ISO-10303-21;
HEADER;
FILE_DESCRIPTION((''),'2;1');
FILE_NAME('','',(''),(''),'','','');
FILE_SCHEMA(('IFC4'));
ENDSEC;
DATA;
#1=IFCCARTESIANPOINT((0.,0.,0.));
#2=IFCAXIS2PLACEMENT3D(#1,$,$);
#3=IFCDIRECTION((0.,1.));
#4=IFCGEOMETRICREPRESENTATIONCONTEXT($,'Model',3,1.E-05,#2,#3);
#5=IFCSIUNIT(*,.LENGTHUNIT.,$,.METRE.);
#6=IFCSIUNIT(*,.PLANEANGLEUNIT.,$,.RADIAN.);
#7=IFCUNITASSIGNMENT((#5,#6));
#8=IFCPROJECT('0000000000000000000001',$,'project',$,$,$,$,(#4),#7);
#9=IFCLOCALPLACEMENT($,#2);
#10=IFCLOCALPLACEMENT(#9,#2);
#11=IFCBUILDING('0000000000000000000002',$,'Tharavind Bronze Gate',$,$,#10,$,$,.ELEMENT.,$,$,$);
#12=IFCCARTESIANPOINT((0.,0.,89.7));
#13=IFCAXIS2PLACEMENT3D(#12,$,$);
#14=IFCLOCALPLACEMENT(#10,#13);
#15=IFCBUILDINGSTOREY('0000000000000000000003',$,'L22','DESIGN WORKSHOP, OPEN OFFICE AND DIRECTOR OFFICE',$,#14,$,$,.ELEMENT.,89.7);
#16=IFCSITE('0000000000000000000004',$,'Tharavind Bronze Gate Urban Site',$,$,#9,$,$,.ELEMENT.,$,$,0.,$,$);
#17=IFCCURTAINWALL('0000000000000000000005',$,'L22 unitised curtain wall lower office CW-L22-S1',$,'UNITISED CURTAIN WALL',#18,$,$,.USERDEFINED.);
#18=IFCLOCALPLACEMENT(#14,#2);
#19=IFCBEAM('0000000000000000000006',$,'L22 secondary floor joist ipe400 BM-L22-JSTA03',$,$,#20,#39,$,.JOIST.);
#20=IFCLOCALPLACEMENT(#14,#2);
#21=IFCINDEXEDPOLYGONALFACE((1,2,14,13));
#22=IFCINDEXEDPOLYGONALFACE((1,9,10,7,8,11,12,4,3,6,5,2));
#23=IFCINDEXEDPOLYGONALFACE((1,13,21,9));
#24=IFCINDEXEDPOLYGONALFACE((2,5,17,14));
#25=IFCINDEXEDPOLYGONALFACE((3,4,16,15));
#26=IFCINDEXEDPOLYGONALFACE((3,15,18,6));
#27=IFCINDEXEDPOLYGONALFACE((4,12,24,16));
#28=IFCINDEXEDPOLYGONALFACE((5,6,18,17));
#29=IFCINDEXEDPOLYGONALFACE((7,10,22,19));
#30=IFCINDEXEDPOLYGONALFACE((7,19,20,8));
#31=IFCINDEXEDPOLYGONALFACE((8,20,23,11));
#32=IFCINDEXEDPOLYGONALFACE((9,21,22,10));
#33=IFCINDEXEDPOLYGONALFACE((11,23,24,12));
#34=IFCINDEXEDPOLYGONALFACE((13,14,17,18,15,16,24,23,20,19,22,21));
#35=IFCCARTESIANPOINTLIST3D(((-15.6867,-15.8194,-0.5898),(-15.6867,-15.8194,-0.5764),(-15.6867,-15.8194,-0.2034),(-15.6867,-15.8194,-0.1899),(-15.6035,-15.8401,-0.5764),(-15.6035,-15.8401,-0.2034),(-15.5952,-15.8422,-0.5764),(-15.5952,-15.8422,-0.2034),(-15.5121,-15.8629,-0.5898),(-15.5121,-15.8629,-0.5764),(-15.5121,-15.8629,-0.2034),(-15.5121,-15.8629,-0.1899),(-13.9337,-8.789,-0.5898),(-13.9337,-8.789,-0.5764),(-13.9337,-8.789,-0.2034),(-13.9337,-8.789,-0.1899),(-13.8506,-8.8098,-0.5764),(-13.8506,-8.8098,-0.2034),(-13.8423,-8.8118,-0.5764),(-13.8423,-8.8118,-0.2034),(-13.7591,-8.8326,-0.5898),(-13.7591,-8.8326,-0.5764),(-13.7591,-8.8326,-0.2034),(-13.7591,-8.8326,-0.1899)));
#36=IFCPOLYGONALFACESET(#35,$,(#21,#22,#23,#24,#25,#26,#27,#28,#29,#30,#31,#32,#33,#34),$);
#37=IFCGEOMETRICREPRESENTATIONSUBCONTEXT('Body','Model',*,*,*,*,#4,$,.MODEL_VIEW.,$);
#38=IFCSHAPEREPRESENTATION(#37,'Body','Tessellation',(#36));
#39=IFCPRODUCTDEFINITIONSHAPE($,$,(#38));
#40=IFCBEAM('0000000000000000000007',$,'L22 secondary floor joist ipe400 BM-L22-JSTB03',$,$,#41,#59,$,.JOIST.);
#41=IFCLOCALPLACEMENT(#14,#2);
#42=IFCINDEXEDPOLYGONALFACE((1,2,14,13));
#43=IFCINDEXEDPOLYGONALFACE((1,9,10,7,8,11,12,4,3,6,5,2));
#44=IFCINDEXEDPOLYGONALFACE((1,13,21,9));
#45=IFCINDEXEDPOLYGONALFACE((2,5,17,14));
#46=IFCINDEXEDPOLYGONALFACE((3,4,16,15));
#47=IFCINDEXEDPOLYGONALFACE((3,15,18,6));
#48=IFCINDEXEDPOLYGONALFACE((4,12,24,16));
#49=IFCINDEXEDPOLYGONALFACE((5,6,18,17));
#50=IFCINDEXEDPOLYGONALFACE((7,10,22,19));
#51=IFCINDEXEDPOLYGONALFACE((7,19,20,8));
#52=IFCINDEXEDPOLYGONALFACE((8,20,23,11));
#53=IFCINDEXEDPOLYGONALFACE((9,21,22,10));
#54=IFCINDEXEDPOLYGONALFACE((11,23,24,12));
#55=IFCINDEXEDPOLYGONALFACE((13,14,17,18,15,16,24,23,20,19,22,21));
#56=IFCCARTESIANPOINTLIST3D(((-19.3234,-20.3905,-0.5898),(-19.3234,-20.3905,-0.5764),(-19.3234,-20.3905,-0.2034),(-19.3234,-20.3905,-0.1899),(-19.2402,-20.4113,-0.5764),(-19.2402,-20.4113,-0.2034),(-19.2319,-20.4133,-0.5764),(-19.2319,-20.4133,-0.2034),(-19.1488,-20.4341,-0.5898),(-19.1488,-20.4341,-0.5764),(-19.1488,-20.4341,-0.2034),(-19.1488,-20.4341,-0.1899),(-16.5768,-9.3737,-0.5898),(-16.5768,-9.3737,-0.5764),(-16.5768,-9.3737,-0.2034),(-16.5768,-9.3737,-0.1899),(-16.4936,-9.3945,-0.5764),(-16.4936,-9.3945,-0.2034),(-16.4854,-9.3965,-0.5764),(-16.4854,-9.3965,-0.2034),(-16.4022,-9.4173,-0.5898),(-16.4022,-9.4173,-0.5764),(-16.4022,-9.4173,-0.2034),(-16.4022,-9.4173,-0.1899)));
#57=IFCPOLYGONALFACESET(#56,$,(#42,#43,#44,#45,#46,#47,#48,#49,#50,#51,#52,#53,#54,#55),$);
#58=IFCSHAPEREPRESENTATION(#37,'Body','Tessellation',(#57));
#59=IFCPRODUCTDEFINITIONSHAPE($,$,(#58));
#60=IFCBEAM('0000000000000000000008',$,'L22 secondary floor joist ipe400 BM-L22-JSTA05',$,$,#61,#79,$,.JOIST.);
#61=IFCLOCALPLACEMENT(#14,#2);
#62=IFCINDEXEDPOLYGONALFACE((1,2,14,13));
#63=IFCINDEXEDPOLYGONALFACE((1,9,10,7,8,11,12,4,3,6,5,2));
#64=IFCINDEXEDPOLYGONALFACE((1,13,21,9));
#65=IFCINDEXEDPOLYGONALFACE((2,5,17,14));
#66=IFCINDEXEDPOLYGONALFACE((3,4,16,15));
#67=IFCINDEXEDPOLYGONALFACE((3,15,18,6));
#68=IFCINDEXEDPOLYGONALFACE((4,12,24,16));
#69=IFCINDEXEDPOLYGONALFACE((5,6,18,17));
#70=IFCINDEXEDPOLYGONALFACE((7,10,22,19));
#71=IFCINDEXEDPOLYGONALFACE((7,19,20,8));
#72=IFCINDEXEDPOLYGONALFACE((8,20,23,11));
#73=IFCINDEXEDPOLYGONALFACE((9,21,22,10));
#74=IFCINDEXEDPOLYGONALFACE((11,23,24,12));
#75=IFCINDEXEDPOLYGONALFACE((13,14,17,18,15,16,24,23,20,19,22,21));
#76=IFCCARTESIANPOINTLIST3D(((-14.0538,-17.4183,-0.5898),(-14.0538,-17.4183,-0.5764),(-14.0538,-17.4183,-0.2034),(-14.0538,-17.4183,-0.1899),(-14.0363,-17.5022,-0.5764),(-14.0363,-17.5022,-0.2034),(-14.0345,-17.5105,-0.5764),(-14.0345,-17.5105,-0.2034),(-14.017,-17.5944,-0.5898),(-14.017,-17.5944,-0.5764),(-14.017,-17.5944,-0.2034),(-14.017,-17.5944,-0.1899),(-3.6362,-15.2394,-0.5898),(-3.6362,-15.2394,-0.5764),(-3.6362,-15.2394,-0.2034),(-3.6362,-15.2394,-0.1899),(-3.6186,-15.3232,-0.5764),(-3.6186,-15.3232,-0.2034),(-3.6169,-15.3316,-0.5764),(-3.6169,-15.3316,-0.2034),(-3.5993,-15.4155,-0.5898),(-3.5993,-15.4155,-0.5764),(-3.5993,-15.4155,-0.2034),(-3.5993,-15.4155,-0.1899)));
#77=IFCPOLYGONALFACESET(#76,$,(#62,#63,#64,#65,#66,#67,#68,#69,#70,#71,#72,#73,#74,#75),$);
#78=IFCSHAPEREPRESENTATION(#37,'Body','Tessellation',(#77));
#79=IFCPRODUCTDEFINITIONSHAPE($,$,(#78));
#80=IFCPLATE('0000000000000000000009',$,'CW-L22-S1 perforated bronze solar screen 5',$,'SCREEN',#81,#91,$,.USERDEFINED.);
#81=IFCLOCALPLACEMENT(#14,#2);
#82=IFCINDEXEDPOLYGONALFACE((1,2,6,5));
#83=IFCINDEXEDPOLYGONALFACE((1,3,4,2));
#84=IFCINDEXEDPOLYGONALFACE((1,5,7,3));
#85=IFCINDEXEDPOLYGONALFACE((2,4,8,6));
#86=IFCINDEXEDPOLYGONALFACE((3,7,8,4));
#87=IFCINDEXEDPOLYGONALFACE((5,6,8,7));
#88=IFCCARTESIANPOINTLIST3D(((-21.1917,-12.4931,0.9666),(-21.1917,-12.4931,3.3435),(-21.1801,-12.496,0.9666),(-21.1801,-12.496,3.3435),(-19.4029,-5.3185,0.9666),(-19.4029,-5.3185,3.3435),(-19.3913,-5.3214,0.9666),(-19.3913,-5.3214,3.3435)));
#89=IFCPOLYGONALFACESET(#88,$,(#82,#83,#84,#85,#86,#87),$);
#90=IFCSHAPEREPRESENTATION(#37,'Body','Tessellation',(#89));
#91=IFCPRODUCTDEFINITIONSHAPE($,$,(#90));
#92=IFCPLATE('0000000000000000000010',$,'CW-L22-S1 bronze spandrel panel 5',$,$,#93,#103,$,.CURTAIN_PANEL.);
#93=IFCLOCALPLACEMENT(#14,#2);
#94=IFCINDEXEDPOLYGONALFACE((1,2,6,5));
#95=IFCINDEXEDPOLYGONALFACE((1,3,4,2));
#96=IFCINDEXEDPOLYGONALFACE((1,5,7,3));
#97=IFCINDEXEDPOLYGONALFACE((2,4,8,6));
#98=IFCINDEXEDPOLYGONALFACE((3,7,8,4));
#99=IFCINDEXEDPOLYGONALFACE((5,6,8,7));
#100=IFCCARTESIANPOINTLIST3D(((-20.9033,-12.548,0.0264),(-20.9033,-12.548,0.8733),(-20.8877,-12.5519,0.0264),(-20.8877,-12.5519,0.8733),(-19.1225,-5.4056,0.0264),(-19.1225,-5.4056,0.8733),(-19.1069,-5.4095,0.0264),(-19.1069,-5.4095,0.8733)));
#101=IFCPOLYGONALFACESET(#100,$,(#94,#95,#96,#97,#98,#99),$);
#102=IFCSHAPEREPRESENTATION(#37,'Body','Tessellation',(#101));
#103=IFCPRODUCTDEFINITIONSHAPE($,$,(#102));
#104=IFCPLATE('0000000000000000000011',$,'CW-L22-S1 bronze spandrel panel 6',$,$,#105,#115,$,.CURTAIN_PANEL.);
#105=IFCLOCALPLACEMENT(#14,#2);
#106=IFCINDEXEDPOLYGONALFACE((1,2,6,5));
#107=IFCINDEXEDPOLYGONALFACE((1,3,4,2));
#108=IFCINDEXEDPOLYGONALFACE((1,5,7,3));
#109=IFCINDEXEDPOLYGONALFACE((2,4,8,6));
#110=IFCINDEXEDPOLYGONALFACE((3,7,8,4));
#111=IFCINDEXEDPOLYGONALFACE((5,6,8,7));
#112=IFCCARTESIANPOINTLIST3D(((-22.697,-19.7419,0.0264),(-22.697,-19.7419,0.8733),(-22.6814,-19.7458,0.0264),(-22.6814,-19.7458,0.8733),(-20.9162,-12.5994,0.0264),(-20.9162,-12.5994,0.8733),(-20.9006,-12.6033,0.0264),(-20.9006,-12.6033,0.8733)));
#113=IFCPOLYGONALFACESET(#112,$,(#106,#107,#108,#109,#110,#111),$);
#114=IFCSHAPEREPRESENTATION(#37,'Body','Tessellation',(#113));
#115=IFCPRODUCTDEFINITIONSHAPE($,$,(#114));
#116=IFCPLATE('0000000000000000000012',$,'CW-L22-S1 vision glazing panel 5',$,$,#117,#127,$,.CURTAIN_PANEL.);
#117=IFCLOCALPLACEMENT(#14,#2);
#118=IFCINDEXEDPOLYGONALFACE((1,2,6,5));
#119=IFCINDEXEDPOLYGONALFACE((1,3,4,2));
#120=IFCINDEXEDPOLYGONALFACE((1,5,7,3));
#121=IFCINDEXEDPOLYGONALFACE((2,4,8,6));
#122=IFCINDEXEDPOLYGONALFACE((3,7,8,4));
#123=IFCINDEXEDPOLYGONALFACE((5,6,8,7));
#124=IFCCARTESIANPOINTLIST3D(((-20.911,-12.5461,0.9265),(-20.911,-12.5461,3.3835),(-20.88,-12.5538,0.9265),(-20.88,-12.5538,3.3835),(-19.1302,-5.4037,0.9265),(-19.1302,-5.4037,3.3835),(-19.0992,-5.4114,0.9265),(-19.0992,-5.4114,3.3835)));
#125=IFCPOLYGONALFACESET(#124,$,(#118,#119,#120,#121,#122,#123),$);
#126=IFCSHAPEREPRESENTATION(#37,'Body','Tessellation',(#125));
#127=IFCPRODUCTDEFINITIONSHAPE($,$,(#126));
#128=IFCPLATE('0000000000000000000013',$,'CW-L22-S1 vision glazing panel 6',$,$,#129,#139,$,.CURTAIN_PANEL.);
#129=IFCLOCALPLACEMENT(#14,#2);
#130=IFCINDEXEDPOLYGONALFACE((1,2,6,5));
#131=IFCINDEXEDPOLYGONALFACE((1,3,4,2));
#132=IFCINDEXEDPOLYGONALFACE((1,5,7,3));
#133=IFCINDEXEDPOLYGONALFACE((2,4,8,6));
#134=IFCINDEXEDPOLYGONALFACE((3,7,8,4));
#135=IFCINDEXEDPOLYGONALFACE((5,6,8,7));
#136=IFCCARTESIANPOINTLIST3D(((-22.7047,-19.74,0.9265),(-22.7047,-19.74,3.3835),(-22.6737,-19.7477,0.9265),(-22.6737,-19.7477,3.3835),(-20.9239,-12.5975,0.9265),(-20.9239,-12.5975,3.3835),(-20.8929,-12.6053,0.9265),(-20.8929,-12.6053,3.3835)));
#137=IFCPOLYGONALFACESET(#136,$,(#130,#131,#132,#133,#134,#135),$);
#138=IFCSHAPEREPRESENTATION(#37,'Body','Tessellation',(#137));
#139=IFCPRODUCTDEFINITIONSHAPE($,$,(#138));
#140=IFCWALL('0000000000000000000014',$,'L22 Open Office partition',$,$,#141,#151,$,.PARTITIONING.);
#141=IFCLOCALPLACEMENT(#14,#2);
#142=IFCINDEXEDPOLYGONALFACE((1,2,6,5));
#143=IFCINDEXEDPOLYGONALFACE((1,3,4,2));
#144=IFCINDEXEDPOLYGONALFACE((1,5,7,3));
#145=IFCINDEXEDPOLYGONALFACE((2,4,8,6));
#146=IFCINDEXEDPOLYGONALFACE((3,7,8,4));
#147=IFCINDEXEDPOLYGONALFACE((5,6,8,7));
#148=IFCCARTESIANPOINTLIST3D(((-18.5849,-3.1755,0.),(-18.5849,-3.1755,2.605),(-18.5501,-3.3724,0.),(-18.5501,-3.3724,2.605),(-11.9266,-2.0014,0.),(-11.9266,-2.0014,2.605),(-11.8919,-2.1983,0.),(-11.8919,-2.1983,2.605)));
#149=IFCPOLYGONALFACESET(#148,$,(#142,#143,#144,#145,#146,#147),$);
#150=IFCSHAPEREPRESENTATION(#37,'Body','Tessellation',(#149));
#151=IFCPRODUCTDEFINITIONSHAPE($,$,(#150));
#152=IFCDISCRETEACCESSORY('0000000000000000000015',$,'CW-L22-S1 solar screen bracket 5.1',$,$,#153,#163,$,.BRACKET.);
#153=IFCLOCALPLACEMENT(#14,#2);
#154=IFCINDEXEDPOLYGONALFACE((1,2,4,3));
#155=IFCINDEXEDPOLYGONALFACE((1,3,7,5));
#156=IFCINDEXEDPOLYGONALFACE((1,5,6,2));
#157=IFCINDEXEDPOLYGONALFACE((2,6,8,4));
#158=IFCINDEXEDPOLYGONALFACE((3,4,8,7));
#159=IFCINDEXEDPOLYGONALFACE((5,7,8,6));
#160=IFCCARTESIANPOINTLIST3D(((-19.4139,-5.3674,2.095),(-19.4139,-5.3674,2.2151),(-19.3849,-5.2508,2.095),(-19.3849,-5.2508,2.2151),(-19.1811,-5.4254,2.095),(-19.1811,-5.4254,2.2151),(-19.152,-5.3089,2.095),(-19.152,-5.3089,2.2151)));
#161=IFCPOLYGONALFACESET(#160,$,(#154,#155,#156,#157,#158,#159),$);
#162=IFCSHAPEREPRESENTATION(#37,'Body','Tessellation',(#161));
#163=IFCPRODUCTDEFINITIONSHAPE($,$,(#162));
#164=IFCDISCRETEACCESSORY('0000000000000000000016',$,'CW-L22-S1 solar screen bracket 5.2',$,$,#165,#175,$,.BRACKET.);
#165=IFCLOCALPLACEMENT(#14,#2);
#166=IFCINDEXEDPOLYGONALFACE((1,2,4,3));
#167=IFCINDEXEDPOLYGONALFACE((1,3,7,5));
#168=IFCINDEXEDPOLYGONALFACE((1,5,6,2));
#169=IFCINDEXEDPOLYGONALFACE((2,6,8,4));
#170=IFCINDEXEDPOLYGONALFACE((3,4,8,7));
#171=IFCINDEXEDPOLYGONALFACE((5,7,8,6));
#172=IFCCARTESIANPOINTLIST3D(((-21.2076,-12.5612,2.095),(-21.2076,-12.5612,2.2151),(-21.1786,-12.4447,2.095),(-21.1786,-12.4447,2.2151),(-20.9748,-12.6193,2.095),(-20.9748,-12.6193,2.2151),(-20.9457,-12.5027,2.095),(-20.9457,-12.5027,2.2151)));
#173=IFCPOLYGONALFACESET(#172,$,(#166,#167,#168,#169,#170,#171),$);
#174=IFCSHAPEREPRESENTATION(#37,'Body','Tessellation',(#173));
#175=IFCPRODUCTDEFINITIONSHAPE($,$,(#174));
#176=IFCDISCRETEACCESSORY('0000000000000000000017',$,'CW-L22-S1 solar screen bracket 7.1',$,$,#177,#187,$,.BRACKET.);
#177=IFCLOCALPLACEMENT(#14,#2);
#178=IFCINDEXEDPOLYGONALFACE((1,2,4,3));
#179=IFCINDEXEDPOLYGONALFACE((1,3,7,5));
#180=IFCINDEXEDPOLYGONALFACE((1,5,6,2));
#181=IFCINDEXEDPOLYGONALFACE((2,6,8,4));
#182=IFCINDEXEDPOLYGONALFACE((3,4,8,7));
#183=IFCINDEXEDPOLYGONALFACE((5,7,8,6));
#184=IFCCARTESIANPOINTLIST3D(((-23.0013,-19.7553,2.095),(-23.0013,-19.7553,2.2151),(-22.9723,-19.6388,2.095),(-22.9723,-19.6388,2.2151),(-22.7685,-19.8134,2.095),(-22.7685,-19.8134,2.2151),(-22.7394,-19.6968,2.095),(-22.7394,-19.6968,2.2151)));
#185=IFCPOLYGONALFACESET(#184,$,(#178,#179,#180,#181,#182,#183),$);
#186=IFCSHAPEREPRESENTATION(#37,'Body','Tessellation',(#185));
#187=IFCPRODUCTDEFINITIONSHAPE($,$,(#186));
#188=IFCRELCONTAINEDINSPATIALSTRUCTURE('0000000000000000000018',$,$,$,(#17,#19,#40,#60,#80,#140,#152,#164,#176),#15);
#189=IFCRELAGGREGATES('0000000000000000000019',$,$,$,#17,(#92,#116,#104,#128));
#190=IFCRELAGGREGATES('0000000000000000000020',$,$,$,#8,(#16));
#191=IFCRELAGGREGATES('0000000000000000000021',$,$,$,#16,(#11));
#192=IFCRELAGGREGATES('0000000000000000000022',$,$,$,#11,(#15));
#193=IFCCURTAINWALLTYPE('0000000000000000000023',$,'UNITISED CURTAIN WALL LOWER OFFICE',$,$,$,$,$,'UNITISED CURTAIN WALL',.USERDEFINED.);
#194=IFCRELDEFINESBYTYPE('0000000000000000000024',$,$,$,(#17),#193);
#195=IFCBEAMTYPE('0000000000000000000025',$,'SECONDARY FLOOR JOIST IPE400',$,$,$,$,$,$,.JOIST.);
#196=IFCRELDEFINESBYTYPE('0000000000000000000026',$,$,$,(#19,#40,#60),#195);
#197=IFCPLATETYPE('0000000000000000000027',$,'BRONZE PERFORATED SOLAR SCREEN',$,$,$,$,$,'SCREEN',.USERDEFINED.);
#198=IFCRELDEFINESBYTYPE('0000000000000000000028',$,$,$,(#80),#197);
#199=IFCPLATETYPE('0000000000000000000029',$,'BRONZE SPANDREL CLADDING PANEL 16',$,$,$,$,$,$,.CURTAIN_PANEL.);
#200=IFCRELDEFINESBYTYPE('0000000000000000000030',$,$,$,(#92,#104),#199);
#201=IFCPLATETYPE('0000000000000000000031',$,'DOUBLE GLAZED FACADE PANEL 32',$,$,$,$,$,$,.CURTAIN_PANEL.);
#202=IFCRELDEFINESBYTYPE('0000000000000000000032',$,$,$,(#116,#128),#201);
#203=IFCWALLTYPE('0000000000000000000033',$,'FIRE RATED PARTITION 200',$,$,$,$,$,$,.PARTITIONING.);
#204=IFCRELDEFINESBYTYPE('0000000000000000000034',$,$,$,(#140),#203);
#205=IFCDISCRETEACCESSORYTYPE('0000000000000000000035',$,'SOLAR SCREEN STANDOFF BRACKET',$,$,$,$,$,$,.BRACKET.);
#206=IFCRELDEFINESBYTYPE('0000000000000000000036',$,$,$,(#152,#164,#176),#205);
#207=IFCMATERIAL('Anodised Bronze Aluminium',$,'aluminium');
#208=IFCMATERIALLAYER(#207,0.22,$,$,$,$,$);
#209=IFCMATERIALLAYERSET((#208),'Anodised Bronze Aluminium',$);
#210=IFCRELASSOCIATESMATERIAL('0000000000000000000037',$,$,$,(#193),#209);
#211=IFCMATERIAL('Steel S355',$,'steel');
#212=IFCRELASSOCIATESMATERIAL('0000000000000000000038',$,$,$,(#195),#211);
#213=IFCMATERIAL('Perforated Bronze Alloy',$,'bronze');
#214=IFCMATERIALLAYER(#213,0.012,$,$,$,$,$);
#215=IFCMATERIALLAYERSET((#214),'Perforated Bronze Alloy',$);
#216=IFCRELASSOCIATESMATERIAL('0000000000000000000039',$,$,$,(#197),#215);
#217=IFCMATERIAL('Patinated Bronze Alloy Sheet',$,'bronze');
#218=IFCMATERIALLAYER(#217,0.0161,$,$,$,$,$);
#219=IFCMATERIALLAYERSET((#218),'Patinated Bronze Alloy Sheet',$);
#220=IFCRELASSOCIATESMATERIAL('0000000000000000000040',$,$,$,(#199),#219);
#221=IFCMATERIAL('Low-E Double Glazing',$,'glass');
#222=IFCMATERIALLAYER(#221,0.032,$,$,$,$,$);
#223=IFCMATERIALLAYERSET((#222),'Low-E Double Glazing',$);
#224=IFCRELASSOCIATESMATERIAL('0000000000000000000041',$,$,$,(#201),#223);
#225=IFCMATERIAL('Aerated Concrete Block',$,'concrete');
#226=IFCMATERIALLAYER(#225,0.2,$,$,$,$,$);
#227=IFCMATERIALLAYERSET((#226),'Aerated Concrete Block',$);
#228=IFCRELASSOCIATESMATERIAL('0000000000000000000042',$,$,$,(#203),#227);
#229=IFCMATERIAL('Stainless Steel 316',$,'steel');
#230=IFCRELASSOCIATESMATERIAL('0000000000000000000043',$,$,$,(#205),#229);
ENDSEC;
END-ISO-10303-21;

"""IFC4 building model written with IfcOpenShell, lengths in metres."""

from ifc_helpers import new_model, si_unit, direction, frame, frame_2d, origin, origin_2d, place, context, subcontext, project, spatial, rectangle, i_section, extrude, material, layer, layer_set, material_profile, profile_set, type_object, element, aggregate, save


model = new_model("IFC4")

# Units and contexts
model_context = context("Model", 3, precision=1e-05, world=origin(), true_north=direction((0.0, 1.0)))
body_context = subcontext(model_context, "Body", "Model", "MODEL_VIEW")
ifc_project = project(units=[si_unit("LENGTHUNIT", "METRE"), si_unit("PLANEANGLEUNIT", "RADIAN")], contexts=[model_context])

# Site, building, storey
site_placement = place(None, origin())
site = spatial("IfcSite", under=ifc_project, at=site_placement, Name="Tharavind Bronze Gate Urban Site", CompositionType="ELEMENT", RefElevation=0.0)
building_placement = place(site_placement, origin())
building = spatial("IfcBuilding", under=site, at=building_placement, Name="Tharavind Bronze Gate", CompositionType="ELEMENT")
storey_placement = place(building_placement, frame((0.0, 0.0, 89.7)))
storey = spatial("IfcBuildingStorey", under=building, at=storey_placement, Name="L22", Description="DESIGN WORKSHOP, OPEN OFFICE AND DIRECTOR OFFICE", CompositionType="ELEMENT", Elevation=89.7)

# Curtain wall
ifc_material_1 = material(Name="Anodised Bronze Aluminium", Category="aluminium")
ifc_layer_1 = layer(ifc_material_1, 0.22)
ifc_layer_set_1 = layer_set([ifc_layer_1], Name="Anodised Bronze Aluminium")
curtain_wall_type = type_object("IfcCurtainWallType", Name="UNITISED CURTAIN WALL LOWER OFFICE", ElementType="UNITISED CURTAIN WALL", PredefinedType="USERDEFINED", material=ifc_layer_set_1)
curtain_wall_placement = place(storey_placement, origin())
curtain_wall = element("IfcCurtainWall", 1, at=curtain_wall_placement, inside=storey, type_object=curtain_wall_type, Name="L22 unitised curtain wall lower office CW-L22-S1", ObjectType="UNITISED CURTAIN WALL", PredefinedType="USERDEFINED")

# Beams
ifc_material_2 = material(Name="Steel S355", Category="steel")
ifc_material_profile_1 = material_profile(ifc_material_2, i_section(OverallWidth=0.1799, OverallDepth=0.3999, WebThickness=0.0085, FlangeThickness=0.0134, at=origin_2d()), Name="IPE400")
ifc_profile_set_1 = profile_set([ifc_material_profile_1], Name="Steel S355")
beam_type_1 = type_object("IfcBeamType", Name="SECONDARY FLOOR JOIST IPE400", PredefinedType="JOIST", material=ifc_profile_set_1)
beam_1_placement = place(storey_placement, frame((-13.8464, -8.8108, -0.3899), z_axis=(-0.241933, -0.970293, 0.0), x_axis=(0.970293, -0.241933, 0.0)))
element("IfcBeam", 2, at=beam_1_placement, inside=storey, type_object=beam_type_1, Name="L22 secondary floor joist ipe400 BM-L22-JSTA03", PredefinedType="JOIST", context=body_context, shape_type="SweptSolid", body=[
    extrude(i_section(OverallWidth=0.1799, OverallDepth=0.3999, WebThickness=0.0085, FlangeThickness=0.0134, at=origin_2d()), origin(), (0.0, 0.0, 1.0), 7.2456),
])
beam_2_placement = place(storey_placement, frame((-16.4895, -9.3955, -0.3899), z_axis=(-0.241903, -0.9703, 0.0), x_axis=(0.9703, -0.241903, 0.0)))
element("IfcBeam", 3, at=beam_2_placement, inside=storey, type_object=beam_type_1, Name="L22 secondary floor joist ipe400 BM-L22-JSTB03", PredefinedType="JOIST", context=body_context, shape_type="SweptSolid", body=[
    extrude(i_section(OverallWidth=0.1799, OverallDepth=0.3999, WebThickness=0.0085, FlangeThickness=0.0134, at=origin_2d()), origin(), (0.0, 0.0, 1.0), 11.354),
])
beam_3_placement = place(storey_placement, frame((-14.0354, -17.5063, -0.3899), z_axis=(0.978819, 0.204728, 0.0), x_axis=(-0.204728, 0.978819, 0.0)))
element("IfcBeam", 4, at=beam_3_placement, inside=storey, type_object=beam_type_1, Name="L22 secondary floor joist ipe400 BM-L22-JSTA05", PredefinedType="JOIST", context=body_context, shape_type="SweptSolid", body=[
    extrude(i_section(OverallWidth=0.1799, OverallDepth=0.3999, WebThickness=0.0085, FlangeThickness=0.0134, at=origin_2d()), origin(), (0.0, 0.0, 1.0), 10.6431),
])

# Plates
ifc_material_3 = material(Name="Perforated Bronze Alloy", Category="bronze")
ifc_layer_2 = layer(ifc_material_3, 0.012)
ifc_layer_set_2 = layer_set([ifc_layer_2], Name="Perforated Bronze Alloy")
plate_type_1 = type_object("IfcPlateType", Name="BRONZE PERFORATED SOLAR SCREEN", ElementType="SCREEN", PredefinedType="USERDEFINED", material=ifc_layer_set_2)
plate_1_placement = place(storey_placement, frame((-20.2915, -8.9072, 0.9666), z_axis=(0.0, 0.0, 1.0), x_axis=(-0.241922, -0.970296, 0.0)))
element("IfcPlate", 5, at=plate_1_placement, inside=storey, type_object=plate_type_1, Name="CW-L22-S1 perforated bronze solar screen 5", ObjectType="SCREEN", PredefinedType="USERDEFINED", context=body_context, shape_type="SweptSolid", body=[
    extrude(rectangle(XDim=7.3943, YDim=0.012, at=origin_2d()), origin(), (0.0, 0.0, 1.0), 2.377),
])
ifc_material_4 = material(Name="Patinated Bronze Alloy Sheet", Category="bronze")
ifc_layer_3 = layer(ifc_material_4, 0.0161)
ifc_layer_set_3 = layer_set([ifc_layer_3], Name="Patinated Bronze Alloy Sheet")
plate_type_2 = type_object("IfcPlateType", Name="BRONZE SPANDREL CLADDING PANEL 16", PredefinedType="CURTAIN_PANEL", material=ifc_layer_set_3)
plate_2_placement = place(storey_placement, frame((-20.0051, -8.9788, 0.0264), z_axis=(0.0, 0.0, 1.0), x_axis=(-0.241922, -0.970296, 0.0)))
plate_2 = element("IfcPlate", 6, at=plate_2_placement, type_object=plate_type_2, Name="CW-L22-S1 bronze spandrel panel 5", PredefinedType="CURTAIN_PANEL", context=body_context, shape_type="SweptSolid", body=[
    extrude(rectangle(XDim=7.3611, YDim=0.0161, at=origin_2d()), origin(), (0.0, 0.0, 1.0), 0.8469),
])
plate_3_placement = place(storey_placement, frame((-21.7988, -16.1726, 0.0264), z_axis=(0.0, 0.0, 1.0), x_axis=(-0.241922, -0.970296, 0.0)))
plate_3 = element("IfcPlate", 7, at=plate_3_placement, type_object=plate_type_2, Name="CW-L22-S1 bronze spandrel panel 6", PredefinedType="CURTAIN_PANEL", context=body_context, shape_type="SweptSolid", body=[
    extrude(rectangle(XDim=7.3611, YDim=0.0161, at=origin_2d()), origin(), (0.0, 0.0, 1.0), 0.8469),
])
ifc_material_5 = material(Name="Low-E Double Glazing", Category="glass")
ifc_layer_4 = layer(ifc_material_5, 0.032)
ifc_layer_set_4 = layer_set([ifc_layer_4], Name="Low-E Double Glazing")
plate_type_3 = type_object("IfcPlateType", Name="DOUBLE GLAZED FACADE PANEL 32", PredefinedType="CURTAIN_PANEL", material=ifc_layer_set_4)
plate_4_placement = place(storey_placement, frame((-20.0051, -8.9788, 0.9265), z_axis=(0.0, 0.0, 1.0), x_axis=(-0.241922, -0.970296, 0.0)))
plate_4 = element("IfcPlate", 8, at=plate_4_placement, type_object=plate_type_3, Name="CW-L22-S1 vision glazing panel 5", PredefinedType="CURTAIN_PANEL", context=body_context, shape_type="SweptSolid", body=[
    extrude(rectangle(XDim=7.3611, YDim=0.032, at=origin_2d()), origin(), (0.0, 0.0, 1.0), 2.457),
])
plate_5_placement = place(storey_placement, frame((-21.7988, -16.1726, 0.9265), z_axis=(0.0, 0.0, 1.0), x_axis=(-0.241922, -0.970296, 0.0)))
plate_5 = element("IfcPlate", 9, at=plate_5_placement, type_object=plate_type_3, Name="CW-L22-S1 vision glazing panel 6", PredefinedType="CURTAIN_PANEL", context=body_context, shape_type="SweptSolid", body=[
    extrude(rectangle(XDim=7.3611, YDim=0.032, at=origin_2d()), origin(), (0.0, 0.0, 1.0), 2.457),
])
aggregate(curtain_wall, [plate_2, plate_4, plate_3, plate_5])

# Wall
ifc_material_6 = material(Name="Aerated Concrete Block", Category="concrete")
ifc_layer_5 = layer(ifc_material_6, 0.2)
ifc_layer_set_5 = layer_set([ifc_layer_5], Name="Aerated Concrete Block")
wall_type = type_object("IfcWallType", Name="FIRE RATED PARTITION 200", PredefinedType="PARTITIONING", material=ifc_layer_set_5)
wall_placement = place(storey_placement, frame((-18.5674, -3.2739, 0.0), z_axis=(0.0, 0.0, 1.0), x_axis=(0.984806, 0.173656, 0.0)))
element("IfcWall", 10, at=wall_placement, inside=storey, type_object=wall_type, Name="L22 Open Office partition", PredefinedType="PARTITIONING", context=body_context, shape_type="SweptSolid", body=[
    extrude(rectangle(XDim=6.761, YDim=0.2, at=frame_2d((3.3804, 0.0))), origin(), (0.0, 0.0, 1.0), 2.605),
])

# Discrete accessories
ifc_material_7 = material(Name="Stainless Steel 316", Category="steel")
discrete_accessory_type = type_object("IfcDiscreteAccessoryType", Name="SOLAR SCREEN STANDOFF BRACKET", PredefinedType="BRACKET", material=ifc_material_7)
for number, where, z_axis, x_axis, name in (
    (11, (-19.283, -5.3381, 2.095), (0.0, 0.0, 1.0), (-0.241922, -0.970296, 0.0), "CW-L22-S1 solar screen bracket 5.1"),
    (12, (-21.0767, -12.532, 2.095), (0.0, 0.0, 1.0), (-0.241922, -0.970296, 0.0), "CW-L22-S1 solar screen bracket 5.2"),
    (13, (-22.8704, -19.7261, 2.095), (0.0, 0.0, 1.0), (-0.241922, -0.970296, 0.0), "CW-L22-S1 solar screen bracket 7.1"),
):
    element("IfcDiscreteAccessory", number, at=place(storey_placement, frame(where, z_axis=z_axis, x_axis=x_axis)), inside=storey, type_object=discrete_accessory_type, Name=name, PredefinedType="BRACKET", context=body_context, shape_type="SweptSolid", body=[
        extrude(rectangle(XDim=0.1201, YDim=0.24, at=origin_2d()), origin(), (0.0, 0.0, 1.0), 0.1201),
    ])

save(model, "model.ifc")
